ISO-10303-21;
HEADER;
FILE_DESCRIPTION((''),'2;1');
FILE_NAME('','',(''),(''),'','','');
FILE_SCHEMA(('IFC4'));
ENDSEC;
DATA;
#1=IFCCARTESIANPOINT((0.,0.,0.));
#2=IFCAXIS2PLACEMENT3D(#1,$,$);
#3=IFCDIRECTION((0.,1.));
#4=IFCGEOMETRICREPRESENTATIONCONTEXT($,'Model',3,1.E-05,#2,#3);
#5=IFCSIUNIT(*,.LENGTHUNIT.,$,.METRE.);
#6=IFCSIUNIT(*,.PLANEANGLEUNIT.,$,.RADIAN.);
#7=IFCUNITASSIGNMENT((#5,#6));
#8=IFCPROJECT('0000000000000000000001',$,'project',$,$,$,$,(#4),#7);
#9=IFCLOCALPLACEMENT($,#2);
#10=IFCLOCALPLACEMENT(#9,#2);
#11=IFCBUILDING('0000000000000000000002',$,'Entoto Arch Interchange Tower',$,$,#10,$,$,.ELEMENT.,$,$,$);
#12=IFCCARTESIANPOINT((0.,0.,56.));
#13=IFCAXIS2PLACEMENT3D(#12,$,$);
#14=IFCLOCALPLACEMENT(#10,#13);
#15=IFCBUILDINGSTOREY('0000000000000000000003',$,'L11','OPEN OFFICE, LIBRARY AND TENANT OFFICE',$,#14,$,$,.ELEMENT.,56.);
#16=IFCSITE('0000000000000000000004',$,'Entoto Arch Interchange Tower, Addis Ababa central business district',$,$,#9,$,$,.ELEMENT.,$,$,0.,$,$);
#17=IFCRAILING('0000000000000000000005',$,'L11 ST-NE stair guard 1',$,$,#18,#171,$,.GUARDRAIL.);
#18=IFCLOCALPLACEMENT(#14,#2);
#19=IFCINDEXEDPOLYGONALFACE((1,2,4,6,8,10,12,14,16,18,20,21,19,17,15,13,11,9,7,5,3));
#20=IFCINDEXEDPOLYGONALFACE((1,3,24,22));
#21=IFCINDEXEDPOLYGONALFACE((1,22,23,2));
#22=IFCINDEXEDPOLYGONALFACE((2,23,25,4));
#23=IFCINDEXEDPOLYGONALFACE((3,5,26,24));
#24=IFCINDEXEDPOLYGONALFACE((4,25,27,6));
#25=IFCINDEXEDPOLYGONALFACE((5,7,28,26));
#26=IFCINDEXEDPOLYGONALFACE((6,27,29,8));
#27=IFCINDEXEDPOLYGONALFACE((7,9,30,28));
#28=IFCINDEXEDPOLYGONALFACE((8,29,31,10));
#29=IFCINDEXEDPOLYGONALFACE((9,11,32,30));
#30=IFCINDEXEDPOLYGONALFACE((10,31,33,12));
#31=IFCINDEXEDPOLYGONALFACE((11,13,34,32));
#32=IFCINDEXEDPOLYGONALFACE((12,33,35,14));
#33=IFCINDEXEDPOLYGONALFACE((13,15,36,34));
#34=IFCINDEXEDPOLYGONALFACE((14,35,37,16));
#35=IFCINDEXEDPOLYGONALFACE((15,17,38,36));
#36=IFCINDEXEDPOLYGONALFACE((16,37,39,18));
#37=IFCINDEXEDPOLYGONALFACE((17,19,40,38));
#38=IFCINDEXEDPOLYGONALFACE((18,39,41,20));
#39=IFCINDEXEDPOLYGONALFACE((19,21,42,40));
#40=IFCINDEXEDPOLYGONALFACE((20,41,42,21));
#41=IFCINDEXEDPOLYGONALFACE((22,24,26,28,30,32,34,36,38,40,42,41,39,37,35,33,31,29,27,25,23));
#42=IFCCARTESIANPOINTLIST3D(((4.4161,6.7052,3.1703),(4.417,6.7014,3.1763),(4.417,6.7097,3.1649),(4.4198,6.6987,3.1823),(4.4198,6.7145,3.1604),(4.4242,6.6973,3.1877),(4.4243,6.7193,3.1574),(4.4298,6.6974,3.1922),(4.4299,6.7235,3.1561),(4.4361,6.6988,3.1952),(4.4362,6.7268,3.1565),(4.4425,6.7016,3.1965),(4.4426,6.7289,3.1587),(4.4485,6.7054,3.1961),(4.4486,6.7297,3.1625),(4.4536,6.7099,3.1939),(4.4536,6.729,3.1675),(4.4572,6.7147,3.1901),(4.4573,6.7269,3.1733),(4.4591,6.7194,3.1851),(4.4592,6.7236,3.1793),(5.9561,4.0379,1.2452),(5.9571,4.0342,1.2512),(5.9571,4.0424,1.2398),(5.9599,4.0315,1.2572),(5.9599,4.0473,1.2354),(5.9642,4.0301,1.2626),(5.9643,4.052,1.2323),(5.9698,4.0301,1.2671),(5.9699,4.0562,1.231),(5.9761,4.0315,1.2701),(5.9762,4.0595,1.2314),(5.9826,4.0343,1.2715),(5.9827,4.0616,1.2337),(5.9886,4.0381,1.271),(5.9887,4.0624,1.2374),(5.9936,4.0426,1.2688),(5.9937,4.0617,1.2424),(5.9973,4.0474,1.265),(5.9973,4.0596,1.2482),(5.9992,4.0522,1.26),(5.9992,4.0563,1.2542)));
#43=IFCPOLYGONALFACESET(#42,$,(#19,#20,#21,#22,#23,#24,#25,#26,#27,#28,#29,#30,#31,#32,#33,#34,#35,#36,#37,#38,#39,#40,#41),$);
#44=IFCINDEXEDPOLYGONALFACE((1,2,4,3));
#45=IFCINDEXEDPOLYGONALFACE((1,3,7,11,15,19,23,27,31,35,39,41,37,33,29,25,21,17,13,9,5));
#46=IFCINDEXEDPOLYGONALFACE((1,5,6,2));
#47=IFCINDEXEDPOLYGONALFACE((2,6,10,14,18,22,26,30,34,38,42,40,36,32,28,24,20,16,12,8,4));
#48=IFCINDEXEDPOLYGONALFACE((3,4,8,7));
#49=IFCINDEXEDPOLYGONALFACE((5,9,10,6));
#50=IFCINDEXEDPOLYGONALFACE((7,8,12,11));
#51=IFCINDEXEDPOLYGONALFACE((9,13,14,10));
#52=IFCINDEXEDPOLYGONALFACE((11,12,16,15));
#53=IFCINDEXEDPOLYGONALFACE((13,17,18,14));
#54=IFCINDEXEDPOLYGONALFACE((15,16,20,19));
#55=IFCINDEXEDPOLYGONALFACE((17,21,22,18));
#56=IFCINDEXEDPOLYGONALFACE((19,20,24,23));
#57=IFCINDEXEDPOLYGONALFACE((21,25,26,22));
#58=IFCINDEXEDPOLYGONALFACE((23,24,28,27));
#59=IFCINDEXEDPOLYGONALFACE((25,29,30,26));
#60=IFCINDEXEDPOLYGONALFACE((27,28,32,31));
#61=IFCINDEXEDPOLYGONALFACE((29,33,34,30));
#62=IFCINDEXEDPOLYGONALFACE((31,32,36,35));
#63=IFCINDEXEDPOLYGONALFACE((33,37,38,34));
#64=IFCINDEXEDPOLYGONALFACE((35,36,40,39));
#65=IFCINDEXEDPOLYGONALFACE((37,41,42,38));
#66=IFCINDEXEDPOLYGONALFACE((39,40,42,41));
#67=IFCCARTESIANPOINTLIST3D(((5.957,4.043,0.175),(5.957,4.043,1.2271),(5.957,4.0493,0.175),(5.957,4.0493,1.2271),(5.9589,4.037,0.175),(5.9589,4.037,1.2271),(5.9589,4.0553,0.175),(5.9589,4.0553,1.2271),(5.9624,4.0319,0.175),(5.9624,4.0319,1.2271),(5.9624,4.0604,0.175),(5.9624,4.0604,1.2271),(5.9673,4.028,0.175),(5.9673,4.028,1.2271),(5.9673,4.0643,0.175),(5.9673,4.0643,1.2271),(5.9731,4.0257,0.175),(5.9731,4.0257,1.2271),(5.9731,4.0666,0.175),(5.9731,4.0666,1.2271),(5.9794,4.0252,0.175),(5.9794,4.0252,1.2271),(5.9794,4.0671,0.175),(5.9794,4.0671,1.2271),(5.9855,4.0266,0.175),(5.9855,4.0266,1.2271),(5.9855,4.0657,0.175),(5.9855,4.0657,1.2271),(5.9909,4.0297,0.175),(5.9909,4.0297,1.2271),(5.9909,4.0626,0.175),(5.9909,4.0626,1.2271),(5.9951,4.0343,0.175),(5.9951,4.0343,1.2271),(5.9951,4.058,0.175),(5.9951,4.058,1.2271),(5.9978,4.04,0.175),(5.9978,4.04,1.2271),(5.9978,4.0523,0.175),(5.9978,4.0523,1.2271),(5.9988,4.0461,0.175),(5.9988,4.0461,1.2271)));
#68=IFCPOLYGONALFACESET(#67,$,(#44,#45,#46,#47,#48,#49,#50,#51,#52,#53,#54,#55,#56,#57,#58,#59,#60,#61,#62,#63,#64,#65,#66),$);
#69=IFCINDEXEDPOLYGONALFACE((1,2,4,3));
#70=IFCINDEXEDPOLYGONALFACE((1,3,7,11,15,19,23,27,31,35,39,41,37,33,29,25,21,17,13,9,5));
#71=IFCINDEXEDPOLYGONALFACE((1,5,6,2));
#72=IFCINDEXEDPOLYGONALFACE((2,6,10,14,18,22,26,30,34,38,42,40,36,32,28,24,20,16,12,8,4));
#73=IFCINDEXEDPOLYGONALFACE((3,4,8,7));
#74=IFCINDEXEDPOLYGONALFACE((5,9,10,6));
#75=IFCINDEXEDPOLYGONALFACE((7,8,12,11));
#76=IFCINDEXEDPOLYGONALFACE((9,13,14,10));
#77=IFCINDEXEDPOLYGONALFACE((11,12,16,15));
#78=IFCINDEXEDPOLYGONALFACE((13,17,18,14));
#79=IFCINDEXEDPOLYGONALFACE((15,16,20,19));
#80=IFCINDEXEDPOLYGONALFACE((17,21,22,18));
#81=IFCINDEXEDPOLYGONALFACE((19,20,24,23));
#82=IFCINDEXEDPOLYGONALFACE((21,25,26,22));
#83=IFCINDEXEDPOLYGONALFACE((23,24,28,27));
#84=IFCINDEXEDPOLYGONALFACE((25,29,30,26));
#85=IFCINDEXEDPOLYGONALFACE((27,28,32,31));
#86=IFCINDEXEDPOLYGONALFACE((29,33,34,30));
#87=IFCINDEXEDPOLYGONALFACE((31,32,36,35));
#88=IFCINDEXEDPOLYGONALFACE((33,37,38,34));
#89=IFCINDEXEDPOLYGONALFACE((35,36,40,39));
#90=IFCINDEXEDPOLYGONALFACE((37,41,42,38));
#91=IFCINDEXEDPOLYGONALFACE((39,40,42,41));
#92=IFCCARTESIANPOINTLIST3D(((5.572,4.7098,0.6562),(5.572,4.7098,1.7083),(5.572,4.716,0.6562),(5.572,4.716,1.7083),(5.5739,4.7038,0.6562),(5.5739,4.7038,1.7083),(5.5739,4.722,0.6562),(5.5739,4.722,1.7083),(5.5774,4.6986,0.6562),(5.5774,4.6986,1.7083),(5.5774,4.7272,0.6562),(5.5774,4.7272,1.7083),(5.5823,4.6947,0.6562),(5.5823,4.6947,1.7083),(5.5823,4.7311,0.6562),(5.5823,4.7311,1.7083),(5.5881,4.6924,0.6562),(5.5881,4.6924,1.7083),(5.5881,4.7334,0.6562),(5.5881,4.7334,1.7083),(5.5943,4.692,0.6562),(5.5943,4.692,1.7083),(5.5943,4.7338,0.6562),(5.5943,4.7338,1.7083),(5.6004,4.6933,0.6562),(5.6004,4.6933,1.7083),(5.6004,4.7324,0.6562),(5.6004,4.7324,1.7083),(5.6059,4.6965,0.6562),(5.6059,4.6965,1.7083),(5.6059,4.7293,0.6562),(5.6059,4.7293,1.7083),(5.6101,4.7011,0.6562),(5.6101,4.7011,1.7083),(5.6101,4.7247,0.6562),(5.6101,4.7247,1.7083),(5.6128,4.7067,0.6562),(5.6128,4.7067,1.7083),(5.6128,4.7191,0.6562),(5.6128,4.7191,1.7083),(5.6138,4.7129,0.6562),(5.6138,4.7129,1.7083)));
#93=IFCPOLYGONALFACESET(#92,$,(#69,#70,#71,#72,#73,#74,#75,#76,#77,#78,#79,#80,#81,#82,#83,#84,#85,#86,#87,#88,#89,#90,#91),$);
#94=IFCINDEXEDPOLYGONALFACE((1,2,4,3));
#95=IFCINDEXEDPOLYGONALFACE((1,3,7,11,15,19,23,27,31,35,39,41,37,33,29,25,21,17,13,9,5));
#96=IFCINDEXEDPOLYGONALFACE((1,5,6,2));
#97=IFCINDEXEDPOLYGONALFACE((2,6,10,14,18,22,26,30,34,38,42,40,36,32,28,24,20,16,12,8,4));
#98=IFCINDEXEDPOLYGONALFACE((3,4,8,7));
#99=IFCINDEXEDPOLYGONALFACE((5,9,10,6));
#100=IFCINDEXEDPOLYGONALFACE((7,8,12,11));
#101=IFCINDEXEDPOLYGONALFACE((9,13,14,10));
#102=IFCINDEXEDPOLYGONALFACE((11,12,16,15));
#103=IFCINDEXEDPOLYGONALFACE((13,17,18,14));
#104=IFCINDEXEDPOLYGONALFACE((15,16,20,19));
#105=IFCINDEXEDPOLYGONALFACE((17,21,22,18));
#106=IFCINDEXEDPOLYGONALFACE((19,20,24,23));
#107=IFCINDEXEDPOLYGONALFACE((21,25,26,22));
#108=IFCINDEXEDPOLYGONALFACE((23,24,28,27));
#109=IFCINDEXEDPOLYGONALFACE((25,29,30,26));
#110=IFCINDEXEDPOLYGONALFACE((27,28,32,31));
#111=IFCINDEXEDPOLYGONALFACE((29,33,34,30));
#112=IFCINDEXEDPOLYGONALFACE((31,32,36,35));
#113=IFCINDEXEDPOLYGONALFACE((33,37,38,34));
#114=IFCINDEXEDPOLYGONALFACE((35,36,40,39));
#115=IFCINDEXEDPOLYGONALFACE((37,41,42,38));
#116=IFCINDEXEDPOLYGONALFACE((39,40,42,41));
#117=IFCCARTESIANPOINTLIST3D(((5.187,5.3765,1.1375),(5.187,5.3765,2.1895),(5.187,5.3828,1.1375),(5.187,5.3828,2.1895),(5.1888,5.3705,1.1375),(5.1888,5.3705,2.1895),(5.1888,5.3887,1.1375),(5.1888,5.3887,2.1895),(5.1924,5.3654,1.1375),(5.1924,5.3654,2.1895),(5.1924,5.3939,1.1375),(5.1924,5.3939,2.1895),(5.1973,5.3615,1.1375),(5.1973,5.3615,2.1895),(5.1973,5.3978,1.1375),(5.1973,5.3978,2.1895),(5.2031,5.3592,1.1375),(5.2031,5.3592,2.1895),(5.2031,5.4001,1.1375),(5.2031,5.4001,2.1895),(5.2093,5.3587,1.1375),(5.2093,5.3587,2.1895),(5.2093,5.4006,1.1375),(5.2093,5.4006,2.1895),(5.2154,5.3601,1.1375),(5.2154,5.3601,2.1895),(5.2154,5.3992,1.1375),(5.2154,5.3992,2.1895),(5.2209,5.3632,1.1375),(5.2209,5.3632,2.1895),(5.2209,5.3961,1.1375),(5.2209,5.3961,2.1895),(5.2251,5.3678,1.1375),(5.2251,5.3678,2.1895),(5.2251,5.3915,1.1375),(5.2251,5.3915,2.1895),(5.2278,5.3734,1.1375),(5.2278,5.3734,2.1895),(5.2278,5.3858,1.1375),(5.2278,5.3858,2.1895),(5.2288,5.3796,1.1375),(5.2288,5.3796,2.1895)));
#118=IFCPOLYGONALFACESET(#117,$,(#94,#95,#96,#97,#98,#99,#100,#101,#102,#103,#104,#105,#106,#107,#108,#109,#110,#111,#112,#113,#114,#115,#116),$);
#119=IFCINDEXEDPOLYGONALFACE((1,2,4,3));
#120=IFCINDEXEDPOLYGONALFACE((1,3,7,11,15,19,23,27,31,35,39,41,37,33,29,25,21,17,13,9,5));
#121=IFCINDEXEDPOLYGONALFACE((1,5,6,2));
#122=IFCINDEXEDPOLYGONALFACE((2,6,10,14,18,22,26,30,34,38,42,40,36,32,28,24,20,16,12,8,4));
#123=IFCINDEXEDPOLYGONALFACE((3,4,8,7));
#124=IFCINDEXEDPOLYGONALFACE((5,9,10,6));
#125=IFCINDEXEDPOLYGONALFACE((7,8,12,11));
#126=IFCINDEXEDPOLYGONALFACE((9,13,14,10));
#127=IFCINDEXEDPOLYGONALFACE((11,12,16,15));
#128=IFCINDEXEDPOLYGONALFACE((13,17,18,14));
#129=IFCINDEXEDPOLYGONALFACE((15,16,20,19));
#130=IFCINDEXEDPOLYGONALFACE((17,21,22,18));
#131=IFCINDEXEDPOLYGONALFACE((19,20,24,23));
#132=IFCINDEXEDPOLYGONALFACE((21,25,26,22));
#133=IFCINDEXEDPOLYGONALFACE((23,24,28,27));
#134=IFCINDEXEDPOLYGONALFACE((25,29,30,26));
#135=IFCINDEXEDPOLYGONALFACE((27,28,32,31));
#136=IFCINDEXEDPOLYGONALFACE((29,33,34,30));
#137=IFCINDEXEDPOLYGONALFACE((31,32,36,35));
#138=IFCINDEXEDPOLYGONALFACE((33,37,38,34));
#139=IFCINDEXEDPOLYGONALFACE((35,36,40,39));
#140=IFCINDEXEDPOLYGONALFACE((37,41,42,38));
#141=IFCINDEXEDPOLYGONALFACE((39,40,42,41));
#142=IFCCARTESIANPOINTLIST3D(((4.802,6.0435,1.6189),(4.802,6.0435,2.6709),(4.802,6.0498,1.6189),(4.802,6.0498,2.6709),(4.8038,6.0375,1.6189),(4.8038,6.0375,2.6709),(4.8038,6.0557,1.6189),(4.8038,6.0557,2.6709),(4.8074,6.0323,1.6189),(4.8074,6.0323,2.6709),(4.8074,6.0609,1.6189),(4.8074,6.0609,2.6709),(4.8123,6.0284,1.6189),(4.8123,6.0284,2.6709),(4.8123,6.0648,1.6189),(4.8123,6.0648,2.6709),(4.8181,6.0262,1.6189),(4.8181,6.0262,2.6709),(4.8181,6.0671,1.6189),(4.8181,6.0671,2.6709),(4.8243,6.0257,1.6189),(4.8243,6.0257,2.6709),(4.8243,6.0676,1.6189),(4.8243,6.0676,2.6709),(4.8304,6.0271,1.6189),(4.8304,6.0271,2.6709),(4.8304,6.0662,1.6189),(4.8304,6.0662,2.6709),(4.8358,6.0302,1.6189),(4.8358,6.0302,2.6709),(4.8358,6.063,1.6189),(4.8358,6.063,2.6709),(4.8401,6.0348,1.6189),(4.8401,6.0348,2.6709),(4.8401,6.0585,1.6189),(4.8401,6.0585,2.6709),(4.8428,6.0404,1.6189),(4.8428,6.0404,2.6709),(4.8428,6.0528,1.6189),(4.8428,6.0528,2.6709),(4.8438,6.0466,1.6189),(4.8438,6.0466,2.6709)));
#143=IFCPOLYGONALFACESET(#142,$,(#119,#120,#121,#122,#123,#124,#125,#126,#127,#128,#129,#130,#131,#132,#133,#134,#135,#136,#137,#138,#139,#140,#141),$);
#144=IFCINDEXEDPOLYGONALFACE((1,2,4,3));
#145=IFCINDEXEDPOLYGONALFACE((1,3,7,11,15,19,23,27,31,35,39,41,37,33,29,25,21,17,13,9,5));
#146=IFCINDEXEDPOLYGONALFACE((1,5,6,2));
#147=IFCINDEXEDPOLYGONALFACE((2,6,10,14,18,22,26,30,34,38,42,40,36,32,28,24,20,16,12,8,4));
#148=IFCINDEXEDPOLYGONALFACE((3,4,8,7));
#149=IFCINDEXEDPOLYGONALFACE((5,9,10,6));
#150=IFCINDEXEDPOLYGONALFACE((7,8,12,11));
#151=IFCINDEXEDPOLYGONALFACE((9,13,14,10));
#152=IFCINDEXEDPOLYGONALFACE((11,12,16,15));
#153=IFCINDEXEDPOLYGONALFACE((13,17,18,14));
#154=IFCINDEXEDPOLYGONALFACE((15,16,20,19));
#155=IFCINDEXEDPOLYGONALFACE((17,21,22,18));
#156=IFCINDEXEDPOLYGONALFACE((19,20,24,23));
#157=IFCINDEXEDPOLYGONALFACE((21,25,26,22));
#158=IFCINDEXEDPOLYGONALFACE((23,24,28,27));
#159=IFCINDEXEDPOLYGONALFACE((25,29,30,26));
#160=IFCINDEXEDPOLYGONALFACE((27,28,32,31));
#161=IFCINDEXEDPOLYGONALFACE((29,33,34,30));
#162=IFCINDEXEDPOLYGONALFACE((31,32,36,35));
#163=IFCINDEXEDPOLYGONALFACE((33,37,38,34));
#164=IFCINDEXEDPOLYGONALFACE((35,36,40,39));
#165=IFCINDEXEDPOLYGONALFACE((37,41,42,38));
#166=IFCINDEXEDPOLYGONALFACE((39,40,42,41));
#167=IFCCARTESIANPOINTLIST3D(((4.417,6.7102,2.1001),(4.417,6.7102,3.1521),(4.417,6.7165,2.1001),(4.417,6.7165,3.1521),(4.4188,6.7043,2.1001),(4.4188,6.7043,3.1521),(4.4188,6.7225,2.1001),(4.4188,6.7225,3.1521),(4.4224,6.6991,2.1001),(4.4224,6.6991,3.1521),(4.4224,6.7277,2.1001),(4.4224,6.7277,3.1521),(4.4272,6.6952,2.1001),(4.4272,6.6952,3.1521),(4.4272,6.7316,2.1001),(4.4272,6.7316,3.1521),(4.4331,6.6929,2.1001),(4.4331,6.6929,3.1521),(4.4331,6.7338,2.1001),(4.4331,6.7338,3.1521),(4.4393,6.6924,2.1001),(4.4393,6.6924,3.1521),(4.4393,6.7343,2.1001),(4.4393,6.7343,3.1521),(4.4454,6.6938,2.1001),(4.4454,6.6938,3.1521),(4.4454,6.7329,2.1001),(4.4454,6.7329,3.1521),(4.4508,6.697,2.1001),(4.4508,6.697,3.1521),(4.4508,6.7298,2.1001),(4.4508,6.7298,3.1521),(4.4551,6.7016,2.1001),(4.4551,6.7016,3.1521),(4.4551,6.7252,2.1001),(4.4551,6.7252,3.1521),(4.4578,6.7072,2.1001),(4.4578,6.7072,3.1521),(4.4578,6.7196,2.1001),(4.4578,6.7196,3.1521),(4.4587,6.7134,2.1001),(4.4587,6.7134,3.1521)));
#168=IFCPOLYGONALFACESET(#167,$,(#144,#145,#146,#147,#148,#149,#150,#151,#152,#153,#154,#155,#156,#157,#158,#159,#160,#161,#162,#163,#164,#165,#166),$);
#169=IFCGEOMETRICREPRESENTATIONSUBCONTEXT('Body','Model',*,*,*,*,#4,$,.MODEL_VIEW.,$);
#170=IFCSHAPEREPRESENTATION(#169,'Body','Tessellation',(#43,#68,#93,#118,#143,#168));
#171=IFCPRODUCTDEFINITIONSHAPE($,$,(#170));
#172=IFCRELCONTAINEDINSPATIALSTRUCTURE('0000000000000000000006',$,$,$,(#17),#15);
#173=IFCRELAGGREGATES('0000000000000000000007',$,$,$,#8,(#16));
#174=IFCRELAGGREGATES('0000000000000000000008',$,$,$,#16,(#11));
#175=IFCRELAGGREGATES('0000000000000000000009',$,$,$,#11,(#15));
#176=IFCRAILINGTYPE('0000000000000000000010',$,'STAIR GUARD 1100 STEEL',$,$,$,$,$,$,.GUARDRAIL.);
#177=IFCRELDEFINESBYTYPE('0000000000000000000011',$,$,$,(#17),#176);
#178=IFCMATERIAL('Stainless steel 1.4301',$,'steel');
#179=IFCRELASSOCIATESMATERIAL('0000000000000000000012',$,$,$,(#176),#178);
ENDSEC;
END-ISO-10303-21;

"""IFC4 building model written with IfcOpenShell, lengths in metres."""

from ifc_helpers import new_model, si_unit, direction, frame, origin, origin_2d, place, context, subcontext, project, spatial, circle, extrude, material, type_object, element, save


model = new_model("IFC4")

# Units and contexts
model_context = context("Model", 3, precision=1e-05, world=origin(), true_north=direction((0.0, 1.0)))
body_context = subcontext(model_context, "Body", "Model", "MODEL_VIEW")
ifc_project = project(units=[si_unit("LENGTHUNIT", "METRE"), si_unit("PLANEANGLEUNIT", "RADIAN")], contexts=[model_context])

# Site, building, storey
site_placement = place(None, origin())
site = spatial("IfcSite", under=ifc_project, at=site_placement, Name="Entoto Arch Interchange Tower, Addis Ababa central business district", CompositionType="ELEMENT", RefElevation=0.0)
building_placement = place(site_placement, origin())
building = spatial("IfcBuilding", under=site, at=building_placement, Name="Entoto Arch Interchange Tower", CompositionType="ELEMENT")
storey_placement = place(building_placement, frame((0.0, 0.0, 56.0)))
storey = spatial("IfcBuildingStorey", under=building, at=storey_placement, Name="L11", Description="OPEN OFFICE, LIBRARY AND TENANT OFFICE", CompositionType="ELEMENT", Elevation=56.0)

# Railing
ifc_material_1 = material(Name="Stainless steel 1.4301", Category="steel")
railing_type_1 = type_object("IfcRailingType", Name="STAIR GUARD 1100 STEEL", PredefinedType="GUARDRAIL", material=ifc_material_1)
railing_1_placement = place(storey_placement, frame((5.9778, 4.0461, 0.175)))
element("IfcRailing", 1, at=railing_1_placement, inside=storey, type_object=railing_type_1, Name="L11 ST-NE stair guard 1", PredefinedType="GUARDRAIL", context=body_context, shape_type="SweptSolid", body=[
    extrude(circle(Radius=0.0239, at=origin_2d()), frame((0.0, 0.0, 1.0762), z_axis=(-0.424015, 0.734364, 0.530019), x_axis=(-0.86601, -0.500027, 0.0)), (0.0, 0.0, 1.0), 3.6321),
    extrude(circle(Radius=0.021, at=origin_2d()), origin(), (0.0, 0.0, 1.0), 1.052),
    extrude(circle(Radius=0.021, at=origin_2d()), frame((-0.385, 0.6667, 0.4812)), (0.0, 0.0, 1.0), 1.052),
    extrude(circle(Radius=0.021, at=origin_2d()), frame((-0.77, 1.3335, 0.9624)), (0.0, 0.0, 1.0), 1.052),
    extrude(circle(Radius=0.021, at=origin_2d()), frame((-1.155, 2.0005, 1.4438)), (0.0, 0.0, 1.0), 1.052),
    extrude(circle(Radius=0.021, at=origin_2d()), frame((-1.54, 2.6672, 1.925)), (0.0, 0.0, 1.0), 1.052),
])

save(model, "model.ifc")
